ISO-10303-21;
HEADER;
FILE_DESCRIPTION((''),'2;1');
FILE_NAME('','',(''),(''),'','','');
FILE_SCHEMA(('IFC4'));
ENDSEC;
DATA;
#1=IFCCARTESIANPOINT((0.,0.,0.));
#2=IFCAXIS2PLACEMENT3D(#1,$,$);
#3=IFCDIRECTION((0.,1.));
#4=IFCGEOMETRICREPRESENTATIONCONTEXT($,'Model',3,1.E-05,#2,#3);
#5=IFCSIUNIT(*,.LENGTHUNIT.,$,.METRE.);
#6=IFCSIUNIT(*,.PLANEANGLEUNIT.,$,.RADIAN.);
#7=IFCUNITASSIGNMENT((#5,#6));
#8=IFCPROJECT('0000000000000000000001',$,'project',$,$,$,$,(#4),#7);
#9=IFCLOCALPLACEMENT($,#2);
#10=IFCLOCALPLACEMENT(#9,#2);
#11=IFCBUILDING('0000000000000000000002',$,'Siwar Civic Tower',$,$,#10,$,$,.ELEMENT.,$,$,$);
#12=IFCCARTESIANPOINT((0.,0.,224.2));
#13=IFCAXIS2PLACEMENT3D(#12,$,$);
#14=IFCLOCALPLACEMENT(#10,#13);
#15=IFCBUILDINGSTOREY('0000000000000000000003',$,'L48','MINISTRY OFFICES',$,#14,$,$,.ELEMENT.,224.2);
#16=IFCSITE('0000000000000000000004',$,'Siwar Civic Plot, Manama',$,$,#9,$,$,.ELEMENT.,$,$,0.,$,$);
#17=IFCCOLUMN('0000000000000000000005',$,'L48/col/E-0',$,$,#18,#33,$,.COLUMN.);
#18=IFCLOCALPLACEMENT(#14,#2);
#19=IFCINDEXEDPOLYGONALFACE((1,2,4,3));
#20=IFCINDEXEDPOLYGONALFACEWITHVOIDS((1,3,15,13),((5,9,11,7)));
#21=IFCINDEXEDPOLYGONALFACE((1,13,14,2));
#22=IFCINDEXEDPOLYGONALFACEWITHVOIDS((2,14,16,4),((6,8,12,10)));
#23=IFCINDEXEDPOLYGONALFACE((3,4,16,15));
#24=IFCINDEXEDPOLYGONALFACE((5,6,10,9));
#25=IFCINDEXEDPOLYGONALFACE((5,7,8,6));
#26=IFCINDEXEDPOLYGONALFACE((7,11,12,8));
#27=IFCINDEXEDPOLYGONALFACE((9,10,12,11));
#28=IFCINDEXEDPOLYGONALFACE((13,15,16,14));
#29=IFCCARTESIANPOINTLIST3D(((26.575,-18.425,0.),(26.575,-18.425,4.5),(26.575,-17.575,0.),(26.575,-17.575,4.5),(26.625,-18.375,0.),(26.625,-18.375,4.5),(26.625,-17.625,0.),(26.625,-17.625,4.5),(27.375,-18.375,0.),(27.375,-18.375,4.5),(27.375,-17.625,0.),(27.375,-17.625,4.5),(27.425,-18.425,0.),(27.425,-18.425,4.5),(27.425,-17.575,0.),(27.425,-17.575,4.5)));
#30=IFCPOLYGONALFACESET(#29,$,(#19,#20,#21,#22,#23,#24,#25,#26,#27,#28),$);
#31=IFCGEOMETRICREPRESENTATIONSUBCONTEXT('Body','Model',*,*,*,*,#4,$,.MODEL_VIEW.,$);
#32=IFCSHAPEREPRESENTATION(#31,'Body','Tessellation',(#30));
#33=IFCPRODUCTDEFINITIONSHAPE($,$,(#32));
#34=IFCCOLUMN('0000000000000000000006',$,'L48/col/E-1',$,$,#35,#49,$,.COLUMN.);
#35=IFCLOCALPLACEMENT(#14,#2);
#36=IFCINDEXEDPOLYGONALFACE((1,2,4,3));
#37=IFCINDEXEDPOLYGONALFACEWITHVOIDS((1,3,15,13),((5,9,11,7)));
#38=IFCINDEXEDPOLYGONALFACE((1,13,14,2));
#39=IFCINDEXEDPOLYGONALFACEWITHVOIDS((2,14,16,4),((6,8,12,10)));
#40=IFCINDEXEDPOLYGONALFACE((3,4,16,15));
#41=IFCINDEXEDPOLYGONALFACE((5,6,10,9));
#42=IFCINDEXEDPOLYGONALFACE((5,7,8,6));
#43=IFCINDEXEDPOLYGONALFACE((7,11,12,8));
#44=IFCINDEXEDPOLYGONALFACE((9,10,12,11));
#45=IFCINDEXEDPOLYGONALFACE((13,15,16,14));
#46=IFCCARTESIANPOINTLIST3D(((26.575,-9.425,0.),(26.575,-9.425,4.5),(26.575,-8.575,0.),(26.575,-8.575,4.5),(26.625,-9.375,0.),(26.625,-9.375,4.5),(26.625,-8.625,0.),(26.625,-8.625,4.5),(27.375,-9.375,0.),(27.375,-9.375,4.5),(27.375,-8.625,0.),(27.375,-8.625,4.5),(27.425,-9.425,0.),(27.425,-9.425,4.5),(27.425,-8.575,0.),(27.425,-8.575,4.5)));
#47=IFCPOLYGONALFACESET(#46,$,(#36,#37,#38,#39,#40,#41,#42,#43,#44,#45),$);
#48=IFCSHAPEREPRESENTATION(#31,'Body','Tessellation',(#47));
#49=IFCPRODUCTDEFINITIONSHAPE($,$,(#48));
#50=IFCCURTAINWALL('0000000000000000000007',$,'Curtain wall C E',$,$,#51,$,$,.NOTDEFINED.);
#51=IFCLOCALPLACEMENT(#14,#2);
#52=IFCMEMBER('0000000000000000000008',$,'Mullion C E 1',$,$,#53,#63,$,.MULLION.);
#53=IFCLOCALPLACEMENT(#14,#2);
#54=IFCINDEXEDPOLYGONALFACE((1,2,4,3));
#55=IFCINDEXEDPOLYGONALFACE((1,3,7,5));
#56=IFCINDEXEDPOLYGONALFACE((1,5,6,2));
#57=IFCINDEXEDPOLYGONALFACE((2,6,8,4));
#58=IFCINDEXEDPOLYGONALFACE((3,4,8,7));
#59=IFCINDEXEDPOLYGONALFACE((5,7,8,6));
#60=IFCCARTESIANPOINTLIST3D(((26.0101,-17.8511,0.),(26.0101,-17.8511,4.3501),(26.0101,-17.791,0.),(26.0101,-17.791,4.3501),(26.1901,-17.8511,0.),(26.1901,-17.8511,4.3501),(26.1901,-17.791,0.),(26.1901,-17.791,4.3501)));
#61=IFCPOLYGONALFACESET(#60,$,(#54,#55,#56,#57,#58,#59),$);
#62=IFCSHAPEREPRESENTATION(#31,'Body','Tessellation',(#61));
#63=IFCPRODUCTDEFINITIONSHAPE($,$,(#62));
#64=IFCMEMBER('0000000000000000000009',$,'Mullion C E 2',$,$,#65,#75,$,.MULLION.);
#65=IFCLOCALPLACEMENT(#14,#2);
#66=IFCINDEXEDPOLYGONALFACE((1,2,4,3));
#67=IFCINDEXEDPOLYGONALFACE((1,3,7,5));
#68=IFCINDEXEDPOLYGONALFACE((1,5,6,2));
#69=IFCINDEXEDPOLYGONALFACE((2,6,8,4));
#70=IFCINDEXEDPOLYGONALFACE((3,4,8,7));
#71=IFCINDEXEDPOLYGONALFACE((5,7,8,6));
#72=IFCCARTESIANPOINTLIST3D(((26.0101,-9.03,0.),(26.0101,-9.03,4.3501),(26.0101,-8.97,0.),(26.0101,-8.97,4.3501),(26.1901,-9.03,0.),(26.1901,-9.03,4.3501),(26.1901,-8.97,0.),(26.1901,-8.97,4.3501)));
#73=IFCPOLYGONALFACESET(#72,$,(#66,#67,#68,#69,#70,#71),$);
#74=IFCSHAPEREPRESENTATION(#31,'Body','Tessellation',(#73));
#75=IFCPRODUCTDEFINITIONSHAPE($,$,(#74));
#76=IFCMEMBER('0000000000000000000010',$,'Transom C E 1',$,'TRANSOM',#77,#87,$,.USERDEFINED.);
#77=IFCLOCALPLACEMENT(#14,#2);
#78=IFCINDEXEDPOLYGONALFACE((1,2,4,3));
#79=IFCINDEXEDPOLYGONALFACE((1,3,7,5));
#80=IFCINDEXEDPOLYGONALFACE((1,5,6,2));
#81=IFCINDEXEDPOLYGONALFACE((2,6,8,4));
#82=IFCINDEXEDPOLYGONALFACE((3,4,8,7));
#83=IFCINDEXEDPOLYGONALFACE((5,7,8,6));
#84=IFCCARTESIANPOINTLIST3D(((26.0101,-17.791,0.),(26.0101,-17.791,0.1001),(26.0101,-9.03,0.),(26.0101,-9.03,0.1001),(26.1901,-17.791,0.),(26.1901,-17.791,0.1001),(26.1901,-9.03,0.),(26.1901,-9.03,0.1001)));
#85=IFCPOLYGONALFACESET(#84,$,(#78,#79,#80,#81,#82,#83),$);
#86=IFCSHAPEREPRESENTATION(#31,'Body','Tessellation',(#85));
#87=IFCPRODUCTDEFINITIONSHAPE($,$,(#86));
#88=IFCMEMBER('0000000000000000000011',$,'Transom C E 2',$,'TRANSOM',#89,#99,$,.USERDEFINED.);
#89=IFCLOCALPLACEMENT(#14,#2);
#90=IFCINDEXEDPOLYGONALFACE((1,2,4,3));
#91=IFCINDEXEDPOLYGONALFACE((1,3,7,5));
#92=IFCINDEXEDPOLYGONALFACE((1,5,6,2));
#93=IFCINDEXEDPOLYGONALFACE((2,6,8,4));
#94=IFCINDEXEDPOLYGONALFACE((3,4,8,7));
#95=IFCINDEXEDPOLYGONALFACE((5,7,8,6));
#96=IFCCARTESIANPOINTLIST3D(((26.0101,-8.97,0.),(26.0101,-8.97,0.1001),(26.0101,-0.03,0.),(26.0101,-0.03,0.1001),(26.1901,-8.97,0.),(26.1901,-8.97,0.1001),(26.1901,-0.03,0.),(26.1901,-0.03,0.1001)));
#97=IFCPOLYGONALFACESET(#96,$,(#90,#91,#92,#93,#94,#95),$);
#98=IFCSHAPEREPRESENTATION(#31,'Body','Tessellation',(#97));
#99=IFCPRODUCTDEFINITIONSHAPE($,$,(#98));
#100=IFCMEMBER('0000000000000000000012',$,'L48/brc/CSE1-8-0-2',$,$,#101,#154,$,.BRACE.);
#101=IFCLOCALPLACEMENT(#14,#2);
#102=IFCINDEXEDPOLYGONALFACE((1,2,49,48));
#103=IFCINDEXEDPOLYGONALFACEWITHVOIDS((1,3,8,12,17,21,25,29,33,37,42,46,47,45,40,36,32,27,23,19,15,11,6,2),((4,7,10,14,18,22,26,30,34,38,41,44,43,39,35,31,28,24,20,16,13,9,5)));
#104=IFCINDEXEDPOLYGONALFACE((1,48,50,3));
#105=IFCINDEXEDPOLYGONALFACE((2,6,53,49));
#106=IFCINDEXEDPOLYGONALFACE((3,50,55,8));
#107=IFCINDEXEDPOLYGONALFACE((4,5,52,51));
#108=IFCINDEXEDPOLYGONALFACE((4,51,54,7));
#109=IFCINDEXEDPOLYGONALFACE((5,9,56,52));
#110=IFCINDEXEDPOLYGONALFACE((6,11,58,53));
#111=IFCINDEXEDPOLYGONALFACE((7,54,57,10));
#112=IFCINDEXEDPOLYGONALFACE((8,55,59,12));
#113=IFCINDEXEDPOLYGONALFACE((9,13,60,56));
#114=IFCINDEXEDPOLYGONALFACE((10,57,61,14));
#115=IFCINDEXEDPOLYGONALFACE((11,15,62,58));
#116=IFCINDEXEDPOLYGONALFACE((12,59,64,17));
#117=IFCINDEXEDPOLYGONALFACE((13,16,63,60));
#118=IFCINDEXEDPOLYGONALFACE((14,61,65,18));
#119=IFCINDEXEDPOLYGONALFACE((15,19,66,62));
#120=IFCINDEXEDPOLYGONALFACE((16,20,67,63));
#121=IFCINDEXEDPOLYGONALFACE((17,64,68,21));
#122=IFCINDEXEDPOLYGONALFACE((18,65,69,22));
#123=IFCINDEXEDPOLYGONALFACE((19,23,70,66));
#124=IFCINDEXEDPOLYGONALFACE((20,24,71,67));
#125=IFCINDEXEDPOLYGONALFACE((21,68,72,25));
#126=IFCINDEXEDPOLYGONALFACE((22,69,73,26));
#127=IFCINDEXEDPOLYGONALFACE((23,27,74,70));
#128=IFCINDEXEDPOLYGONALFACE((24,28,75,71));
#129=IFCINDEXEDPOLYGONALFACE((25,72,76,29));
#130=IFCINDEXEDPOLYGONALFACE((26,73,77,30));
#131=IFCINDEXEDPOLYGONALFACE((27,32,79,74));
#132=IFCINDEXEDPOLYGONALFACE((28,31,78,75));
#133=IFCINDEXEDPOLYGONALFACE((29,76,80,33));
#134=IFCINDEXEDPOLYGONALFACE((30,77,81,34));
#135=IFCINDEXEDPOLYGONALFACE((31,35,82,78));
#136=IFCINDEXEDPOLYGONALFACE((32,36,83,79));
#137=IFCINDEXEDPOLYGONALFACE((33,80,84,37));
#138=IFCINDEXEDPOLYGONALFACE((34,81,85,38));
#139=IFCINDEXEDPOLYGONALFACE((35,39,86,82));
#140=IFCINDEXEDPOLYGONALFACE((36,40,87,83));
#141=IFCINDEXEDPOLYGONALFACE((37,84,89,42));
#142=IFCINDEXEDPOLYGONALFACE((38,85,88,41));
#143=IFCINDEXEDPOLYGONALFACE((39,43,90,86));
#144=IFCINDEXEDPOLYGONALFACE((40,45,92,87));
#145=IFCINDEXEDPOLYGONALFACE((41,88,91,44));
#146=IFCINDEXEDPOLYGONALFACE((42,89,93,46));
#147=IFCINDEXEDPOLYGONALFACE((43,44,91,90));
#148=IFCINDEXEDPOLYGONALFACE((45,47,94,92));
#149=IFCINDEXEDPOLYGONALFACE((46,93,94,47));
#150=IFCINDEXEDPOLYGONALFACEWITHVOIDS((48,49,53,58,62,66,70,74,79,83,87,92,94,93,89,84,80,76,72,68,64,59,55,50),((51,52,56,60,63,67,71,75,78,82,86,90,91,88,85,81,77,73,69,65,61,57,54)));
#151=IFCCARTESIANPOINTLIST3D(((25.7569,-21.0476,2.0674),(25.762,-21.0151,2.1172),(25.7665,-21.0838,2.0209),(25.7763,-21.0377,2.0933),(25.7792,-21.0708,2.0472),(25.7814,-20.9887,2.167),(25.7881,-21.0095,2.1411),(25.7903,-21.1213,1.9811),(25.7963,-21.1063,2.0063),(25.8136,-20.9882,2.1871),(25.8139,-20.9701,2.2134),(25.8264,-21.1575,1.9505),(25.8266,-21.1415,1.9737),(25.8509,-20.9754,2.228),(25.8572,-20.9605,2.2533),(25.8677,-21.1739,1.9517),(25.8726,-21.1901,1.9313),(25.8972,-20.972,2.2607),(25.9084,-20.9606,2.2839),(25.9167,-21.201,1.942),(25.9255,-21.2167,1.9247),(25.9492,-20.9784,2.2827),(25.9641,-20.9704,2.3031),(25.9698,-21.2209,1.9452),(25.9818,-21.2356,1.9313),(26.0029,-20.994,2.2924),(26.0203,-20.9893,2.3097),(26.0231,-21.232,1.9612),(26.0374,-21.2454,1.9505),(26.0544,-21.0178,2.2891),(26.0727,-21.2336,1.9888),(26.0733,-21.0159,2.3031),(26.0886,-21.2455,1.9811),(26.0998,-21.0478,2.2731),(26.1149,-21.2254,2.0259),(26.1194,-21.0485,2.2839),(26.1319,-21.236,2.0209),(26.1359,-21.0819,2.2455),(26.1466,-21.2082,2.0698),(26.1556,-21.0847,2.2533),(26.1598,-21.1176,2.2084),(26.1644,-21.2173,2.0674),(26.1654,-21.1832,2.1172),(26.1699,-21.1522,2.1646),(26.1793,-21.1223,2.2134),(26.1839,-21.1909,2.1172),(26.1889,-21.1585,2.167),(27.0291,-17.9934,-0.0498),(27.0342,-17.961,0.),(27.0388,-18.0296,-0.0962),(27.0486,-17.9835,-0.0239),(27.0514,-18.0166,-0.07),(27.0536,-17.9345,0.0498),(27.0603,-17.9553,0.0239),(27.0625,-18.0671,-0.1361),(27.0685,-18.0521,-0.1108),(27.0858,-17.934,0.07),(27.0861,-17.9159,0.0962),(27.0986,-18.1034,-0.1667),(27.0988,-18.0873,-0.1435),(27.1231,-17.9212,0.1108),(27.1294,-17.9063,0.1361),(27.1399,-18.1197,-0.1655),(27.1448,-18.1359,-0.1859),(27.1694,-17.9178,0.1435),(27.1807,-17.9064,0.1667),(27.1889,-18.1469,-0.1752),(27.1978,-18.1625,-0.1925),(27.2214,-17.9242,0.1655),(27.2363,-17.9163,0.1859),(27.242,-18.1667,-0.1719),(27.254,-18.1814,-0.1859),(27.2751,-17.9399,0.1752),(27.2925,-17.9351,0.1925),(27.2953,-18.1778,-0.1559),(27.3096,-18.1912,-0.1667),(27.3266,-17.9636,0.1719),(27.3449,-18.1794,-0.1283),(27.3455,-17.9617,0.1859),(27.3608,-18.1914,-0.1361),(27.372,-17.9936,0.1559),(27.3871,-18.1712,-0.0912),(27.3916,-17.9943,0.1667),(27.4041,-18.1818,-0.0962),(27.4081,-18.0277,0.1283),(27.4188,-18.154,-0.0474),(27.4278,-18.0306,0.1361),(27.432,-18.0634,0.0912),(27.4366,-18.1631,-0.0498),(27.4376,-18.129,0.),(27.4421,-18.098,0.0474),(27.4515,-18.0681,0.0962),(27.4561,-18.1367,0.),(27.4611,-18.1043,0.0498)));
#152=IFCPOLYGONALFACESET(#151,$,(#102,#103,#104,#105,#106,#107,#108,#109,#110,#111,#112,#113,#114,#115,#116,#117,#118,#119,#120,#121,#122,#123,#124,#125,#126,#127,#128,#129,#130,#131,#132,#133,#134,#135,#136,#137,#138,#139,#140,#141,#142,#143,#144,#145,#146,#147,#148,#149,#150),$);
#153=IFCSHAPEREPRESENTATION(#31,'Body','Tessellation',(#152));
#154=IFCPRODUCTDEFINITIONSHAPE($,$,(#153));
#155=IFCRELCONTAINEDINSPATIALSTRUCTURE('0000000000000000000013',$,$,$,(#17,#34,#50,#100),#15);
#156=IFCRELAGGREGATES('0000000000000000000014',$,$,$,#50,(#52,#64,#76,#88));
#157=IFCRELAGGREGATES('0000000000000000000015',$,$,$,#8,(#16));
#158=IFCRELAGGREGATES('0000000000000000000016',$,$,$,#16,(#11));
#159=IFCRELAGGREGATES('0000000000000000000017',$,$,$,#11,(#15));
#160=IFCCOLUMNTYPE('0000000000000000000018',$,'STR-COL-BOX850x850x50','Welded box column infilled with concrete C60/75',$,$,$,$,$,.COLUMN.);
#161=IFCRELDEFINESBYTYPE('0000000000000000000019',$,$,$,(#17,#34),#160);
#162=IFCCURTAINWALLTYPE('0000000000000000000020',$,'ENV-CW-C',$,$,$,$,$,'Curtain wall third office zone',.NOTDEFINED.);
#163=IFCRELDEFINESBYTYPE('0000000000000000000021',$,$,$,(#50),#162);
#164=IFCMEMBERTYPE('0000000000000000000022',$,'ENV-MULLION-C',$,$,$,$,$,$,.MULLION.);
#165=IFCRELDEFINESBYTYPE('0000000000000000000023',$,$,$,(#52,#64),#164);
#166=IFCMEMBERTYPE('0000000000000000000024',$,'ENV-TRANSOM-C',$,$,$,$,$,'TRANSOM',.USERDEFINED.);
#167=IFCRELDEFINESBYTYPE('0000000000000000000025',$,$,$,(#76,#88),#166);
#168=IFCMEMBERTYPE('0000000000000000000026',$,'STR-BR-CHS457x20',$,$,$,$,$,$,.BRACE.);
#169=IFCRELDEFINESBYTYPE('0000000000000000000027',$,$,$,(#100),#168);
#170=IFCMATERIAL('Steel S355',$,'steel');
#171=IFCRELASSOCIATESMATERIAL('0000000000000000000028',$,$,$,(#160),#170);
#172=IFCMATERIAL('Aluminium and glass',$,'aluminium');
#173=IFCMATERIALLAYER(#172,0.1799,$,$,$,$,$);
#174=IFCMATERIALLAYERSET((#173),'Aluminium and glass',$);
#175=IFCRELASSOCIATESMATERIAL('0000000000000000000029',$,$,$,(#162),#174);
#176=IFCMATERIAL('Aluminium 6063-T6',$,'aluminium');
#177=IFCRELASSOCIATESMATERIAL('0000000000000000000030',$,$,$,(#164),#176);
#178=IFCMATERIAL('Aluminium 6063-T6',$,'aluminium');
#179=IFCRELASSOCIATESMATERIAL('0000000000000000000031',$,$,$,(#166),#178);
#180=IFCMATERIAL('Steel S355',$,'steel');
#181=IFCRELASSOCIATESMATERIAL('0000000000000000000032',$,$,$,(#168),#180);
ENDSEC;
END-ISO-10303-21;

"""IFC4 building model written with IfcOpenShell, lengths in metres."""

from ifc_helpers import new_model, si_unit, direction, frame, origin, origin_2d, place, context, subcontext, project, spatial, rectangle, hollow_rectangle, hollow_circle, extrude, material, layer, layer_set, material_profile, profile_set, type_object, element, aggregate, save


model = new_model("IFC4")

# Units and contexts
model_context = context("Model", 3, precision=1e-05, world=origin(), true_north=direction((0.0, 1.0)))
body_context = subcontext(model_context, "Body", "Model", "MODEL_VIEW")
ifc_project = project(units=[si_unit("LENGTHUNIT", "METRE"), si_unit("PLANEANGLEUNIT", "RADIAN")], contexts=[model_context])

# Site, building, storey
site_placement = place(None, origin())
site = spatial("IfcSite", under=ifc_project, at=site_placement, Name="Siwar Civic Plot, Manama", CompositionType="ELEMENT", RefElevation=0.0)
building_placement = place(site_placement, origin())
building = spatial("IfcBuilding", under=site, at=building_placement, Name="Siwar Civic Tower", CompositionType="ELEMENT")
storey_placement = place(building_placement, frame((0.0, 0.0, 224.2)))
storey = spatial("IfcBuildingStorey", under=building, at=storey_placement, Name="L48", Description="MINISTRY OFFICES", CompositionType="ELEMENT", Elevation=224.2)

# Columns
ifc_material_1 = material(Name="Steel S355", Category="steel")
ifc_material_profile_1 = material_profile(ifc_material_1, hollow_rectangle(XDim=0.8501, YDim=0.8501, WallThickness=0.05, at=origin_2d()), Name="BOX850x850x50")
ifc_profile_set_1 = profile_set([ifc_material_profile_1], Name="Steel S355")
column_type = type_object("IfcColumnType", Name="STR-COL-BOX850x850x50", Description="Welded box column infilled with concrete C60/75", PredefinedType="COLUMN", material=ifc_profile_set_1)
for number, where, z_axis, x_axis, name in (
    (1, (27.0, -18.0, 0.0), (0.0, 0.0, 1.0), (1.0, 0.0, 0.0), "L48/col/E-0"),
    (2, (27.0, -9.0, 0.0), (0.0, 0.0, 1.0), (1.0, 0.0, 0.0), "L48/col/E-1"),
):
    element("IfcColumn", number, at=place(storey_placement, frame(where, z_axis=z_axis, x_axis=x_axis)), inside=storey, type_object=column_type, Name=name, PredefinedType="COLUMN", context=body_context, shape_type="SweptSolid", body=[
        extrude(hollow_rectangle(XDim=0.8501, YDim=0.8501, WallThickness=0.05, at=origin_2d()), origin(), (0.0, 0.0, 1.0), 4.5),
    ])

# Curtain wall, members
ifc_material_2 = material(Name="Aluminium and glass", Category="aluminium")
ifc_layer_1 = layer(ifc_material_2, 0.1799)
ifc_layer_set_1 = layer_set([ifc_layer_1], Name="Aluminium and glass")
curtain_wall_type = type_object("IfcCurtainWallType", Name="ENV-CW-C", ElementType="Curtain wall third office zone", PredefinedType="NOTDEFINED", material=ifc_layer_set_1)
curtain_wall_placement = place(storey_placement, origin())
curtain_wall = element("IfcCurtainWall", 3, at=curtain_wall_placement, inside=storey, type_object=curtain_wall_type, Name="Curtain wall C E", PredefinedType="NOTDEFINED")
ifc_material_3 = material(Name="Aluminium 6063-T6", Category="aluminium")
ifc_material_profile_2 = material_profile(ifc_material_3, rectangle(XDim=0.1799, YDim=0.0601, at=origin_2d()), Name="AL 180x60")
ifc_profile_set_2 = profile_set([ifc_material_profile_2], Name="Aluminium 6063-T6")
member_type_1 = type_object("IfcMemberType", Name="ENV-MULLION-C", PredefinedType="MULLION", material=ifc_profile_set_2)
member_1_placement = place(storey_placement, frame((26.1001, -17.821, 0.0), z_axis=(0.0, 0.0, 1.0), x_axis=(-1.0, 0.0, 0.0)))
member_1 = element("IfcMember", 4, at=member_1_placement, type_object=member_type_1, Name="Mullion C E 1", PredefinedType="MULLION", context=body_context, shape_type="SweptSolid", body=[
    extrude(rectangle(XDim=0.1799, YDim=0.0601, at=origin_2d()), origin(), (0.0, 0.0, 1.0), 4.3501),
])
member_2_placement = place(storey_placement, frame((26.1001, -9.0, 0.0), z_axis=(0.0, 0.0, 1.0), x_axis=(-1.0, 0.0, 0.0)))
member_2 = element("IfcMember", 5, at=member_2_placement, type_object=member_type_1, Name="Mullion C E 2", PredefinedType="MULLION", context=body_context, shape_type="SweptSolid", body=[
    extrude(rectangle(XDim=0.1799, YDim=0.0601, at=origin_2d()), origin(), (0.0, 0.0, 1.0), 4.3501),
])
ifc_material_4 = material(Name="Aluminium 6063-T6", Category="aluminium")
ifc_material_profile_3 = material_profile(ifc_material_4, rectangle(XDim=0.1799, YDim=0.1001, at=origin_2d()), Name="AL 180x100")
ifc_profile_set_3 = profile_set([ifc_material_profile_3], Name="Aluminium 6063-T6")
member_type_2 = type_object("IfcMemberType", Name="ENV-TRANSOM-C", ElementType="TRANSOM", PredefinedType="USERDEFINED", material=ifc_profile_set_3)
member_3_placement = place(storey_placement, frame((26.1001, -17.791, 0.05), z_axis=(0.0, 1.0, 0.0), x_axis=(-1.0, 0.0, 0.0)))
member_3 = element("IfcMember", 6, at=member_3_placement, type_object=member_type_2, Name="Transom C E 1", ObjectType="TRANSOM", PredefinedType="USERDEFINED", context=body_context, shape_type="SweptSolid", body=[
    extrude(rectangle(XDim=0.1799, YDim=0.1001, at=origin_2d()), origin(), (0.0, 0.0, 1.0), 8.761),
])
member_4_placement = place(storey_placement, frame((26.1001, -8.97, 0.05), z_axis=(0.0, 1.0, 0.0), x_axis=(-1.0, 0.0, 0.0)))
member_4 = element("IfcMember", 7, at=member_4_placement, type_object=member_type_2, Name="Transom C E 2", ObjectType="TRANSOM", PredefinedType="USERDEFINED", context=body_context, shape_type="SweptSolid", body=[
    extrude(rectangle(XDim=0.1799, YDim=0.1001, at=origin_2d()), origin(), (0.0, 0.0, 1.0), 8.9399),
])

# Member
ifc_material_5 = material(Name="Steel S355", Category="steel")
ifc_material_profile_4 = material_profile(ifc_material_5, hollow_circle(Radius=0.2285, WallThickness=0.02, at=origin_2d()), Name="CHS457x20")
ifc_profile_set_4 = profile_set([ifc_material_profile_4], Name="Steel S355")
member_type_3 = type_object("IfcMemberType", Name="STR-BR-CHS457x20", PredefinedType="BRACE", material=ifc_profile_set_4)
member_5_placement = place(storey_placement, frame((27.2451, -18.0488, 0.0), z_axis=(-0.323884, -0.777546, 0.538999), x_axis=(0.923116, -0.384521, 0.0)))
element("IfcMember", 8, at=member_5_placement, inside=storey, type_object=member_type_3, Name="L48/brc/CSE1-8-0-2", PredefinedType="BRACE", context=body_context, shape_type="SweptSolid", body=[
    extrude(hollow_circle(Radius=0.2285, WallThickness=0.02, at=origin_2d()), origin(), (0.0, 0.0, 1.0), 3.928),
])

aggregate(curtain_wall, [member_1, member_2, member_3, member_4])

save(model, "model.ifc")
